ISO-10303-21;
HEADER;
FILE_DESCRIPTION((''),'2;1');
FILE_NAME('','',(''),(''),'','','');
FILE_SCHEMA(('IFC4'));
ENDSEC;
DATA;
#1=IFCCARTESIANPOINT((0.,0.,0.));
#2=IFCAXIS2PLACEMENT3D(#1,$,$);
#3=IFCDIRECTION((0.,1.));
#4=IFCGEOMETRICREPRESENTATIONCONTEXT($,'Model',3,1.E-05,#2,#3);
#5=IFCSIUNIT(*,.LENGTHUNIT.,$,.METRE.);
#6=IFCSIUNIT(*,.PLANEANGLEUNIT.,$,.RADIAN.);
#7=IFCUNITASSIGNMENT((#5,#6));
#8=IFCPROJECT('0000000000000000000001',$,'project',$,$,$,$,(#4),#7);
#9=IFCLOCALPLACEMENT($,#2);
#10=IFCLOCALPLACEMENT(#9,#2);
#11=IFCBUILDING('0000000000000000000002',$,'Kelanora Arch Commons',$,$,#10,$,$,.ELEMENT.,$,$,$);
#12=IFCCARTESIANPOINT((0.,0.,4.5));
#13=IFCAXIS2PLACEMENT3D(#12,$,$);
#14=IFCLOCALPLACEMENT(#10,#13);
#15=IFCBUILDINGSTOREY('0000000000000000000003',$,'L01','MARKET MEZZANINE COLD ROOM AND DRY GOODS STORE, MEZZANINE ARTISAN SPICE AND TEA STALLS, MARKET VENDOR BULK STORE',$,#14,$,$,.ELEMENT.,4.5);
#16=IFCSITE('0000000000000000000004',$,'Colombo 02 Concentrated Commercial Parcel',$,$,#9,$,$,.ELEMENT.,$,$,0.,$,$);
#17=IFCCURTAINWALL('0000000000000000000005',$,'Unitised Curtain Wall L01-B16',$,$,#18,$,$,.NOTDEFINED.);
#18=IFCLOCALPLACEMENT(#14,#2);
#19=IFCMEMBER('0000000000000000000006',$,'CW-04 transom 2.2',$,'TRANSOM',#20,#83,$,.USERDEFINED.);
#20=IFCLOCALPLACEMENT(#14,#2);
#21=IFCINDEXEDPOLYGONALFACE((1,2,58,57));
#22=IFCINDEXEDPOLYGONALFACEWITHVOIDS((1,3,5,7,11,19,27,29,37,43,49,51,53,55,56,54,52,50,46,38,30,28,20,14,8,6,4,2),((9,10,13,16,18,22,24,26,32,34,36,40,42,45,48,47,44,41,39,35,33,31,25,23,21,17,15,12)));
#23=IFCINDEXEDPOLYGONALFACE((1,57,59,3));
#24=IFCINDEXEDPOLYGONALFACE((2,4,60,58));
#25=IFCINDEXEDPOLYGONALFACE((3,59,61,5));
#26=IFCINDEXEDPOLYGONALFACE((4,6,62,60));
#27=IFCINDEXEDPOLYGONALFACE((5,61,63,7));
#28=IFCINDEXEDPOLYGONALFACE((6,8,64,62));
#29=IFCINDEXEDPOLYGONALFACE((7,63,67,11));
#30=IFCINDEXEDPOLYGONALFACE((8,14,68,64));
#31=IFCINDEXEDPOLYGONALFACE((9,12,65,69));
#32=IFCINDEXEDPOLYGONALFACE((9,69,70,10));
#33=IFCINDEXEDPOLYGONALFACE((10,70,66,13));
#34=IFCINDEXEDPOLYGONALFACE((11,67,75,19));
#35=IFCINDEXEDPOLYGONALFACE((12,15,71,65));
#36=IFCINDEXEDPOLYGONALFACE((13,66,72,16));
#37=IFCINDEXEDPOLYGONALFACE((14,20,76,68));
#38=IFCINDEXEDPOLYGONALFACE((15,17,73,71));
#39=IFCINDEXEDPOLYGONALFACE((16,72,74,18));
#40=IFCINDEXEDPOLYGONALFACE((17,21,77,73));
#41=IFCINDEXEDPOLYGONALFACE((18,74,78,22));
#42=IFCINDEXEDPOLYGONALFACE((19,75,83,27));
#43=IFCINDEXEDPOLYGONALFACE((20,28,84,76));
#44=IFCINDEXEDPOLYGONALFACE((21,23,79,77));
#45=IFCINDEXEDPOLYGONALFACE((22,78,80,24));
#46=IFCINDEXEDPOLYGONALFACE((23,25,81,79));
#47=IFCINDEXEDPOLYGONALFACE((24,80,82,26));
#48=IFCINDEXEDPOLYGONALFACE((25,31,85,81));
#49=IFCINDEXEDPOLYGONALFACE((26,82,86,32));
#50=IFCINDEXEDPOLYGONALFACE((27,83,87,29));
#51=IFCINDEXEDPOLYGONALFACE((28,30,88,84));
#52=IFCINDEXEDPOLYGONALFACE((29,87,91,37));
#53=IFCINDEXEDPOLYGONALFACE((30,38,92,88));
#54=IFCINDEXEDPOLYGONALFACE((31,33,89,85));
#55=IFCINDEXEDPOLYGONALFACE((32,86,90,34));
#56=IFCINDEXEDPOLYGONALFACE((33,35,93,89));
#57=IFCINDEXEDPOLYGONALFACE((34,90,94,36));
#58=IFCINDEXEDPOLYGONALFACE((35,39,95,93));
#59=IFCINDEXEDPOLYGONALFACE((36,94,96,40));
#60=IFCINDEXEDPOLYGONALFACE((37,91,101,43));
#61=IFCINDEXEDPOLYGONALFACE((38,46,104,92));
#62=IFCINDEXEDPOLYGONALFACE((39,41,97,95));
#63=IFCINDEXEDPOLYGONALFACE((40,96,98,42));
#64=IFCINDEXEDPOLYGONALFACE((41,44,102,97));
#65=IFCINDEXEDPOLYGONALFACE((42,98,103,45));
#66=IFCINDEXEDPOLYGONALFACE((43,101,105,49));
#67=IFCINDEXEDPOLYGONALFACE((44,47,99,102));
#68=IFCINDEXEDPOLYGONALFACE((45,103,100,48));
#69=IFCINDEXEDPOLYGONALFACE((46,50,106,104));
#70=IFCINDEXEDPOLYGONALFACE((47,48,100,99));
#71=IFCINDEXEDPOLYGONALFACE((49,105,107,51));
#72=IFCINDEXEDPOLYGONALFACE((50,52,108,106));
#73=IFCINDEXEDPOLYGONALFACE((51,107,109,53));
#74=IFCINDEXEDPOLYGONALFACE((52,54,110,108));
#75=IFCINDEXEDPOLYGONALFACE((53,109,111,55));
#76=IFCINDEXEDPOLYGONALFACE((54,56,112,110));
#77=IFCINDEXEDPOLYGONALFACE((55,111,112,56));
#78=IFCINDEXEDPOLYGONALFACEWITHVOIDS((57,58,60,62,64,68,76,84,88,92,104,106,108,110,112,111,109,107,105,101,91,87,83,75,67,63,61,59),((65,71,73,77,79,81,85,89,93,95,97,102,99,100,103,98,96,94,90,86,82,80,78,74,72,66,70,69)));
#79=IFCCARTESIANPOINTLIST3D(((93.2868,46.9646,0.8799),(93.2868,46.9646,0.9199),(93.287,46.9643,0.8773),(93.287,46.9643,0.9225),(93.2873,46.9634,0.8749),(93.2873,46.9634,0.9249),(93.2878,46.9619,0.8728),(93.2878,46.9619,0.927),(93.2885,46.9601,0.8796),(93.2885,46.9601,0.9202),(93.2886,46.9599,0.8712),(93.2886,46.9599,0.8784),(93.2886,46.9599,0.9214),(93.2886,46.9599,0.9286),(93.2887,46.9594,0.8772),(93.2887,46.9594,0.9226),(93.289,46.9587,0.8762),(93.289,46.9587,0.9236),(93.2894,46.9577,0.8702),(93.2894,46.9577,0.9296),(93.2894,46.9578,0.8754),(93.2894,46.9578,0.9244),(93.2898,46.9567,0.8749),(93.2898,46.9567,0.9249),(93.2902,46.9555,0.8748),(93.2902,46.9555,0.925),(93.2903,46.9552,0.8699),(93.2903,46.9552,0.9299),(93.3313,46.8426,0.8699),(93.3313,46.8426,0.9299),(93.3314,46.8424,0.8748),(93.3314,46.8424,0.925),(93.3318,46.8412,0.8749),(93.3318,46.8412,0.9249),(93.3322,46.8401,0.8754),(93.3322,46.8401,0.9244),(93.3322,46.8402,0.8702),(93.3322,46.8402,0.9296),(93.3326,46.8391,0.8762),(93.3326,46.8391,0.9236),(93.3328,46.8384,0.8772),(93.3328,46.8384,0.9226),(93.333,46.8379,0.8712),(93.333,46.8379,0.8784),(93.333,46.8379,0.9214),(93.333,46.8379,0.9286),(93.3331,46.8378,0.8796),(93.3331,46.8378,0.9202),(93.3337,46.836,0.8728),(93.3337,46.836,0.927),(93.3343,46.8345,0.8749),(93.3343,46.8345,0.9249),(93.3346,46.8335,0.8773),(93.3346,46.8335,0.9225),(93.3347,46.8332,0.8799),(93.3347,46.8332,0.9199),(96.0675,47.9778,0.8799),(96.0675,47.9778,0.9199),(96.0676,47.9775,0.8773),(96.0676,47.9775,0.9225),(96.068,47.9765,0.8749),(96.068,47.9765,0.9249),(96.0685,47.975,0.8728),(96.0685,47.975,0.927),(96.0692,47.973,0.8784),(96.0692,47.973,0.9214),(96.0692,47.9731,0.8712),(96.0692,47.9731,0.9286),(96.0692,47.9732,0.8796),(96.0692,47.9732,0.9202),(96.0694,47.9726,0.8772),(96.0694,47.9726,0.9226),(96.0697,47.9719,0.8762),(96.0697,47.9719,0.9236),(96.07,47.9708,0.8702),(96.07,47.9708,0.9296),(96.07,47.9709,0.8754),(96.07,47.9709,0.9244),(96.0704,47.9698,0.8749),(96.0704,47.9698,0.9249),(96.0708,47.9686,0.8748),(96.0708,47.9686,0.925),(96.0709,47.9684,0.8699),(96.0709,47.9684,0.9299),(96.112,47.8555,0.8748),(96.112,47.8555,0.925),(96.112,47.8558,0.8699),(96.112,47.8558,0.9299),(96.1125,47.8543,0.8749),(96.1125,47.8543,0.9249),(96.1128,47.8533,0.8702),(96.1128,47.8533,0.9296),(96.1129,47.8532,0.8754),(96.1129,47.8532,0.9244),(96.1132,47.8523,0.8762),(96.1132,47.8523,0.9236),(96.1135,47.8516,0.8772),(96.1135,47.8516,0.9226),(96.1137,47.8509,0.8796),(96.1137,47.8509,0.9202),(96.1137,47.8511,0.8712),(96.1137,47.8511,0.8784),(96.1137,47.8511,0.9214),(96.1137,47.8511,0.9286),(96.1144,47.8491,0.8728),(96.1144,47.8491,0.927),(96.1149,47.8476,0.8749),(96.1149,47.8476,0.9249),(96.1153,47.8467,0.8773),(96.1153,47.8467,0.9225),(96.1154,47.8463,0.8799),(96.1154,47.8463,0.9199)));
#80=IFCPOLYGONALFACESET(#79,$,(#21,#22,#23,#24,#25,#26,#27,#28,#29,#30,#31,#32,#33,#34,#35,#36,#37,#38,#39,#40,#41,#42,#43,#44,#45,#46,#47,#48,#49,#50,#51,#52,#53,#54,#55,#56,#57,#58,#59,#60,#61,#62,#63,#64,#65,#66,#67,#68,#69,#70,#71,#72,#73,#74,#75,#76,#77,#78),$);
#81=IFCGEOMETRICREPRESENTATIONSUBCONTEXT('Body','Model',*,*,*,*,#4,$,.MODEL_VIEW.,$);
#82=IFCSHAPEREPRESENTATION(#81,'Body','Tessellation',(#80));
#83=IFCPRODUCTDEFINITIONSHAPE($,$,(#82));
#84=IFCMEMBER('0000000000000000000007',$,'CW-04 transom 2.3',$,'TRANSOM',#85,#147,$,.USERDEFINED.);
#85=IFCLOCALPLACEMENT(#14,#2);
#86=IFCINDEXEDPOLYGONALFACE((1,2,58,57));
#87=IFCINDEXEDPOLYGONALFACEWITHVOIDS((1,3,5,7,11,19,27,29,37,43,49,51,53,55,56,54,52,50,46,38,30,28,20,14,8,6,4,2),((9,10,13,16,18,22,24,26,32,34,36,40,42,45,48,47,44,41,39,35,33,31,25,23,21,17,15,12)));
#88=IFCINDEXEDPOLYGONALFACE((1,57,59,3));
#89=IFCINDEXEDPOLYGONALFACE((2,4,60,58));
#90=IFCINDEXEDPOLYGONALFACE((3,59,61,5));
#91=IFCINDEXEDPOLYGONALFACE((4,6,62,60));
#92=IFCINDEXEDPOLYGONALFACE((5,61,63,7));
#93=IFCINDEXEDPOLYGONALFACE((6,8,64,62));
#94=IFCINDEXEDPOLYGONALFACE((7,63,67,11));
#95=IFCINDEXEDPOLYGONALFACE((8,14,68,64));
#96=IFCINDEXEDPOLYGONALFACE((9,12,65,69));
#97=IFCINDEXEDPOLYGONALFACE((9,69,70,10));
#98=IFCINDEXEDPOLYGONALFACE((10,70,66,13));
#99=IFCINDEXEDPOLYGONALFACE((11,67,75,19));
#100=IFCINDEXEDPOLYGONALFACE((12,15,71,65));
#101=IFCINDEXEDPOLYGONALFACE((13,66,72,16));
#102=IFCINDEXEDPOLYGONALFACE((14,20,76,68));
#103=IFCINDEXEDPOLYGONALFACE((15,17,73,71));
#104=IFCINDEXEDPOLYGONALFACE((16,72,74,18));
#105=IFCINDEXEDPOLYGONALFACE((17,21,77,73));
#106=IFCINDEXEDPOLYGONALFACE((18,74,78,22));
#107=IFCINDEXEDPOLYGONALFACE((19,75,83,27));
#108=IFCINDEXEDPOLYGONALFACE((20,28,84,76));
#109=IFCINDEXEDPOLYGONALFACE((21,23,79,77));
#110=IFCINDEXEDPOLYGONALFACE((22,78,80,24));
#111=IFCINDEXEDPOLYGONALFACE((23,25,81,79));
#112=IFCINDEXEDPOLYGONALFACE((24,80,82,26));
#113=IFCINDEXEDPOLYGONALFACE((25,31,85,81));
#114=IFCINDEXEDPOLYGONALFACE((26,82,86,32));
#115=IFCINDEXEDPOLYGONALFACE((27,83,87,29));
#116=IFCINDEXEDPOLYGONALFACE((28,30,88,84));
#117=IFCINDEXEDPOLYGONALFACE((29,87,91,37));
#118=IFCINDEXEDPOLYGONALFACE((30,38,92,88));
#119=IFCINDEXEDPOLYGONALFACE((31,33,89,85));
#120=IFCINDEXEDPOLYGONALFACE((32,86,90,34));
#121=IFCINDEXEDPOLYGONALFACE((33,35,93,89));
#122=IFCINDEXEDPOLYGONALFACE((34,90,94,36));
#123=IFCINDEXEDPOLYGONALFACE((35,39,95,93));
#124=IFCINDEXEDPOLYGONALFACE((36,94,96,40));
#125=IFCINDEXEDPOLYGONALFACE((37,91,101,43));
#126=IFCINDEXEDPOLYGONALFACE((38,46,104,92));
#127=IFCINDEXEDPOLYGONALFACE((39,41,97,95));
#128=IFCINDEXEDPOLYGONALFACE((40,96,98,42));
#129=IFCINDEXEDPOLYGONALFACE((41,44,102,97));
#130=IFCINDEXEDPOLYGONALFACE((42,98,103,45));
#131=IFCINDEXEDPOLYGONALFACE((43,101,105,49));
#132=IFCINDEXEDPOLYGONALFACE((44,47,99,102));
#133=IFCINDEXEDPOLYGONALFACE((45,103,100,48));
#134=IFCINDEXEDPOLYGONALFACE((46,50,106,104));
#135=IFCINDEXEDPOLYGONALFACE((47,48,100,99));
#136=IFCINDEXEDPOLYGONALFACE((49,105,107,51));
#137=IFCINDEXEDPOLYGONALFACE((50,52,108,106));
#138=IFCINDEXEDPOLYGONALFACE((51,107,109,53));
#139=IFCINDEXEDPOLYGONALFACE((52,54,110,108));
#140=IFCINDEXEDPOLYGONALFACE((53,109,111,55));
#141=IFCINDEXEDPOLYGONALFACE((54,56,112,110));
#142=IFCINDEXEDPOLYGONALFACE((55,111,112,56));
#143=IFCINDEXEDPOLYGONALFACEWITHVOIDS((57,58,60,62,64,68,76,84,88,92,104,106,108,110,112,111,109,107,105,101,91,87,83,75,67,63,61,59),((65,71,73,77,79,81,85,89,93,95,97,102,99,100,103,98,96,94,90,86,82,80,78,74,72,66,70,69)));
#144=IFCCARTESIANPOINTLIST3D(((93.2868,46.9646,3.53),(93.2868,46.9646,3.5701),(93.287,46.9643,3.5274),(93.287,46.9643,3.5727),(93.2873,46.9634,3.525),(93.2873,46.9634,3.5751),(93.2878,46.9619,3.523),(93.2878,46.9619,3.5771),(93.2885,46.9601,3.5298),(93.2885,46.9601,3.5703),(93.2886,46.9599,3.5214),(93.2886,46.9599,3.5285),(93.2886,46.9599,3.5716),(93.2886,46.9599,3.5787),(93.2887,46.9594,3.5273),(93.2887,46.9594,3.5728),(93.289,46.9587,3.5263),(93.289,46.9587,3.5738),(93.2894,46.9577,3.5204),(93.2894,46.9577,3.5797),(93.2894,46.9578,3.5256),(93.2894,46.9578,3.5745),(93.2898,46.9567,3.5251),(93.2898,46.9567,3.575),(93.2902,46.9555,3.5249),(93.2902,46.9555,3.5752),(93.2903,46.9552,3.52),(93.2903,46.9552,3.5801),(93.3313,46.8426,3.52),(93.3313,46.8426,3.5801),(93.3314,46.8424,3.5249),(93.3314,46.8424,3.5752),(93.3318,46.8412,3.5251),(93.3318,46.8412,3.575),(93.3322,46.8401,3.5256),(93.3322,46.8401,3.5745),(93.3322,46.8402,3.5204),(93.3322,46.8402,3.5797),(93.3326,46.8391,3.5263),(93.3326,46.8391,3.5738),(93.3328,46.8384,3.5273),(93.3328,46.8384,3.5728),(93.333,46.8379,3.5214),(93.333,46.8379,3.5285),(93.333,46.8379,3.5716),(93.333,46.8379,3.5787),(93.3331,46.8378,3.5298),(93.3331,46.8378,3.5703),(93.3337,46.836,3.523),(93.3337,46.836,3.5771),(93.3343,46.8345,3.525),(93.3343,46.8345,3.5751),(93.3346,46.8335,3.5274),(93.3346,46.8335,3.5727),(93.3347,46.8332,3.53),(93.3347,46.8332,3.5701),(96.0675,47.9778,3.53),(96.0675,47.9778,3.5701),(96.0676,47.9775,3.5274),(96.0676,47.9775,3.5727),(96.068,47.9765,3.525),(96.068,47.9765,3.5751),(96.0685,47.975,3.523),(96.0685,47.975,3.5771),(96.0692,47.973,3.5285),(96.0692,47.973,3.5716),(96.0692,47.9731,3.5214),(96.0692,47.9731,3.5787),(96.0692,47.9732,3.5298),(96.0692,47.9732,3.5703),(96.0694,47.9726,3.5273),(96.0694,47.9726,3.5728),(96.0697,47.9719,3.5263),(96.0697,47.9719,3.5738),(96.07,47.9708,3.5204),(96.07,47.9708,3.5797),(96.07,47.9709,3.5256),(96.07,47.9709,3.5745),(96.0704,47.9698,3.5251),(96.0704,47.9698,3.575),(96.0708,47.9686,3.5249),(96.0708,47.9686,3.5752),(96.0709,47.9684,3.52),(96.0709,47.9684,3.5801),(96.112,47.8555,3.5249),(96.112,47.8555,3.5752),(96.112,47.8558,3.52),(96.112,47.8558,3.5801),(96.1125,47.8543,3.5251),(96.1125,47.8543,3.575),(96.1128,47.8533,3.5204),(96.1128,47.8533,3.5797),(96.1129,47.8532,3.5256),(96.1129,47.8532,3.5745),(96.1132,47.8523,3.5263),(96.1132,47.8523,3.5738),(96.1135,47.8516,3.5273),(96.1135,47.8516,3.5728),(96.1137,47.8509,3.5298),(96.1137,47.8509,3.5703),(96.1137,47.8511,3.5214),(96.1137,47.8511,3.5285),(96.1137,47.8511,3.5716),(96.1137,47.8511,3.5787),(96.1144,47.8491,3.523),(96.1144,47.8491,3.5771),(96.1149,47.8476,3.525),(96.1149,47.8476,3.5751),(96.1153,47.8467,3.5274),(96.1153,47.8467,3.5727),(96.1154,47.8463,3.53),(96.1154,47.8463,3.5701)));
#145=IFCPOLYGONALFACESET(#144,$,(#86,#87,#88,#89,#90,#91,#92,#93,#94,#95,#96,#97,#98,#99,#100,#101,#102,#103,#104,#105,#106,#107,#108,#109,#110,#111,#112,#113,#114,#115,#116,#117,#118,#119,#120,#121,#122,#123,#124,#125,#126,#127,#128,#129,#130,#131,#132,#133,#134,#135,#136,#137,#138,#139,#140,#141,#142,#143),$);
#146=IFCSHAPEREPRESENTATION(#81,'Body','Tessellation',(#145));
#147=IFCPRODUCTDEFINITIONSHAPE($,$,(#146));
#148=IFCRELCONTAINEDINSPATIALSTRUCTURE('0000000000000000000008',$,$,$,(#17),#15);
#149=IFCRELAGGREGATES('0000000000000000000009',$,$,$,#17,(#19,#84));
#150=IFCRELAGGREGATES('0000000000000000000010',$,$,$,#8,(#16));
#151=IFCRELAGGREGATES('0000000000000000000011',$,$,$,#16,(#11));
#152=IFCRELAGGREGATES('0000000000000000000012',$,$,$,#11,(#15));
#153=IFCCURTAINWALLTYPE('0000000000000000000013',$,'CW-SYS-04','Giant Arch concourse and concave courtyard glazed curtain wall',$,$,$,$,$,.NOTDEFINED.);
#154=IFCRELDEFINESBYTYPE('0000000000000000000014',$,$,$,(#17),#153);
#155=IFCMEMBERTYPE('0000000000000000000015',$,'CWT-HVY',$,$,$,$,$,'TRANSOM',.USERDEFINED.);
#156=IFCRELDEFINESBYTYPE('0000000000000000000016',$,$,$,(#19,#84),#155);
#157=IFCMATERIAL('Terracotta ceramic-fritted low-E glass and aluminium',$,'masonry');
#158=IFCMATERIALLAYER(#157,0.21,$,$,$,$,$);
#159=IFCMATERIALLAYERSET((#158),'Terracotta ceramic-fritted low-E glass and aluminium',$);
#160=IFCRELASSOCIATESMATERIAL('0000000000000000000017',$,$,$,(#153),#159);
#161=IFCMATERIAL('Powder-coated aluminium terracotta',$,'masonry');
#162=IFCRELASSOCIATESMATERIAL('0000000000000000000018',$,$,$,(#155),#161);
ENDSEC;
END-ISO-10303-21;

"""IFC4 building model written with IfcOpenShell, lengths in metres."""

from ifc_helpers import new_model, si_unit, direction, frame, origin, origin_2d, place, context, subcontext, project, spatial, hollow_rectangle, extrude, material, layer, layer_set, material_profile, profile_set, type_object, element, aggregate, save


model = new_model("IFC4")

# Units and contexts
model_context = context("Model", 3, precision=1e-05, world=origin(), true_north=direction((0.0, 1.0)))
body_context = subcontext(model_context, "Body", "Model", "MODEL_VIEW")
ifc_project = project(units=[si_unit("LENGTHUNIT", "METRE"), si_unit("PLANEANGLEUNIT", "RADIAN")], contexts=[model_context])

# Site, building, storey
site_placement = place(None, origin())
site = spatial("IfcSite", under=ifc_project, at=site_placement, Name="Colombo 02 Concentrated Commercial Parcel", CompositionType="ELEMENT", RefElevation=0.0)
building_placement = place(site_placement, origin())
building = spatial("IfcBuilding", under=site, at=building_placement, Name="Kelanora Arch Commons", CompositionType="ELEMENT")
storey_placement = place(building_placement, frame((0.0, 0.0, 4.5)))
storey = spatial("IfcBuildingStorey", under=building, at=storey_placement, Name="L01", Description="MARKET MEZZANINE COLD ROOM AND DRY GOODS STORE, MEZZANINE ARTISAN SPICE AND TEA STALLS, MARKET VENDOR BULK STORE", CompositionType="ELEMENT", Elevation=4.5)

# Curtain wall, members
ifc_material_1 = material(Name="Terracotta ceramic-fritted low-E glass and aluminium", Category="masonry")
ifc_layer_1 = layer(ifc_material_1, 0.21)
ifc_layer_set_1 = layer_set([ifc_layer_1], Name="Terracotta ceramic-fritted low-E glass and aluminium")
curtain_wall_type = type_object("IfcCurtainWallType", Name="CW-SYS-04", Description="Giant Arch concourse and concave courtyard glazed curtain wall", PredefinedType="NOTDEFINED", material=ifc_layer_set_1)
curtain_wall_placement = place(storey_placement, origin())
curtain_wall = element("IfcCurtainWall", 1, at=curtain_wall_placement, inside=storey, type_object=curtain_wall_type, Name="Unitised Curtain Wall L01-B16", PredefinedType="NOTDEFINED")
ifc_material_2 = material(Name="Powder-coated aluminium terracotta", Category="masonry")
ifc_material_profile_1 = material_profile(ifc_material_2, hollow_rectangle(XDim=0.1399, YDim=0.0601, WallThickness=0.0049, InnerFilletRadius=0.0049, OuterFilletRadius=0.01, at=origin_2d()), Name="CWT140x60")
ifc_profile_set_1 = profile_set([ifc_material_profile_1], Name="Powder-coated aluminium terracotta")
member_type_1 = type_object("IfcMemberType", Name="CWT-HVY", ElementType="TRANSOM", PredefinedType="USERDEFINED", material=ifc_profile_set_1)
member_1_placement = place(storey_placement, frame((93.3108, 46.8989, 0.8999), z_axis=(0.939576, 0.342339, 0.0), x_axis=(-0.342339, 0.939576, 0.0)))
member_1 = element("IfcMember", 2, at=member_1_placement, type_object=member_type_1, Name="CW-04 transom 2.2", ObjectType="TRANSOM", PredefinedType="USERDEFINED", context=body_context, shape_type="SweptSolid", body=[
    extrude(hollow_rectangle(XDim=0.1399, YDim=0.0601, WallThickness=0.0049, InnerFilletRadius=0.0049, OuterFilletRadius=0.01, at=origin_2d()), origin(), (0.0, 0.0, 1.0), 2.9595),
])
member_2_placement = place(storey_placement, frame((93.3108, 46.8989, 3.55), z_axis=(0.939576, 0.342339, 0.0), x_axis=(-0.342339, 0.939576, 0.0)))
member_2 = element("IfcMember", 3, at=member_2_placement, type_object=member_type_1, Name="CW-04 transom 2.3", ObjectType="TRANSOM", PredefinedType="USERDEFINED", context=body_context, shape_type="SweptSolid", body=[
    extrude(hollow_rectangle(XDim=0.1399, YDim=0.0601, WallThickness=0.0049, InnerFilletRadius=0.0049, OuterFilletRadius=0.01, at=origin_2d()), origin(), (0.0, 0.0, 1.0), 2.9595),
])
aggregate(curtain_wall, [member_1, member_2])

save(model, "model.ifc")
